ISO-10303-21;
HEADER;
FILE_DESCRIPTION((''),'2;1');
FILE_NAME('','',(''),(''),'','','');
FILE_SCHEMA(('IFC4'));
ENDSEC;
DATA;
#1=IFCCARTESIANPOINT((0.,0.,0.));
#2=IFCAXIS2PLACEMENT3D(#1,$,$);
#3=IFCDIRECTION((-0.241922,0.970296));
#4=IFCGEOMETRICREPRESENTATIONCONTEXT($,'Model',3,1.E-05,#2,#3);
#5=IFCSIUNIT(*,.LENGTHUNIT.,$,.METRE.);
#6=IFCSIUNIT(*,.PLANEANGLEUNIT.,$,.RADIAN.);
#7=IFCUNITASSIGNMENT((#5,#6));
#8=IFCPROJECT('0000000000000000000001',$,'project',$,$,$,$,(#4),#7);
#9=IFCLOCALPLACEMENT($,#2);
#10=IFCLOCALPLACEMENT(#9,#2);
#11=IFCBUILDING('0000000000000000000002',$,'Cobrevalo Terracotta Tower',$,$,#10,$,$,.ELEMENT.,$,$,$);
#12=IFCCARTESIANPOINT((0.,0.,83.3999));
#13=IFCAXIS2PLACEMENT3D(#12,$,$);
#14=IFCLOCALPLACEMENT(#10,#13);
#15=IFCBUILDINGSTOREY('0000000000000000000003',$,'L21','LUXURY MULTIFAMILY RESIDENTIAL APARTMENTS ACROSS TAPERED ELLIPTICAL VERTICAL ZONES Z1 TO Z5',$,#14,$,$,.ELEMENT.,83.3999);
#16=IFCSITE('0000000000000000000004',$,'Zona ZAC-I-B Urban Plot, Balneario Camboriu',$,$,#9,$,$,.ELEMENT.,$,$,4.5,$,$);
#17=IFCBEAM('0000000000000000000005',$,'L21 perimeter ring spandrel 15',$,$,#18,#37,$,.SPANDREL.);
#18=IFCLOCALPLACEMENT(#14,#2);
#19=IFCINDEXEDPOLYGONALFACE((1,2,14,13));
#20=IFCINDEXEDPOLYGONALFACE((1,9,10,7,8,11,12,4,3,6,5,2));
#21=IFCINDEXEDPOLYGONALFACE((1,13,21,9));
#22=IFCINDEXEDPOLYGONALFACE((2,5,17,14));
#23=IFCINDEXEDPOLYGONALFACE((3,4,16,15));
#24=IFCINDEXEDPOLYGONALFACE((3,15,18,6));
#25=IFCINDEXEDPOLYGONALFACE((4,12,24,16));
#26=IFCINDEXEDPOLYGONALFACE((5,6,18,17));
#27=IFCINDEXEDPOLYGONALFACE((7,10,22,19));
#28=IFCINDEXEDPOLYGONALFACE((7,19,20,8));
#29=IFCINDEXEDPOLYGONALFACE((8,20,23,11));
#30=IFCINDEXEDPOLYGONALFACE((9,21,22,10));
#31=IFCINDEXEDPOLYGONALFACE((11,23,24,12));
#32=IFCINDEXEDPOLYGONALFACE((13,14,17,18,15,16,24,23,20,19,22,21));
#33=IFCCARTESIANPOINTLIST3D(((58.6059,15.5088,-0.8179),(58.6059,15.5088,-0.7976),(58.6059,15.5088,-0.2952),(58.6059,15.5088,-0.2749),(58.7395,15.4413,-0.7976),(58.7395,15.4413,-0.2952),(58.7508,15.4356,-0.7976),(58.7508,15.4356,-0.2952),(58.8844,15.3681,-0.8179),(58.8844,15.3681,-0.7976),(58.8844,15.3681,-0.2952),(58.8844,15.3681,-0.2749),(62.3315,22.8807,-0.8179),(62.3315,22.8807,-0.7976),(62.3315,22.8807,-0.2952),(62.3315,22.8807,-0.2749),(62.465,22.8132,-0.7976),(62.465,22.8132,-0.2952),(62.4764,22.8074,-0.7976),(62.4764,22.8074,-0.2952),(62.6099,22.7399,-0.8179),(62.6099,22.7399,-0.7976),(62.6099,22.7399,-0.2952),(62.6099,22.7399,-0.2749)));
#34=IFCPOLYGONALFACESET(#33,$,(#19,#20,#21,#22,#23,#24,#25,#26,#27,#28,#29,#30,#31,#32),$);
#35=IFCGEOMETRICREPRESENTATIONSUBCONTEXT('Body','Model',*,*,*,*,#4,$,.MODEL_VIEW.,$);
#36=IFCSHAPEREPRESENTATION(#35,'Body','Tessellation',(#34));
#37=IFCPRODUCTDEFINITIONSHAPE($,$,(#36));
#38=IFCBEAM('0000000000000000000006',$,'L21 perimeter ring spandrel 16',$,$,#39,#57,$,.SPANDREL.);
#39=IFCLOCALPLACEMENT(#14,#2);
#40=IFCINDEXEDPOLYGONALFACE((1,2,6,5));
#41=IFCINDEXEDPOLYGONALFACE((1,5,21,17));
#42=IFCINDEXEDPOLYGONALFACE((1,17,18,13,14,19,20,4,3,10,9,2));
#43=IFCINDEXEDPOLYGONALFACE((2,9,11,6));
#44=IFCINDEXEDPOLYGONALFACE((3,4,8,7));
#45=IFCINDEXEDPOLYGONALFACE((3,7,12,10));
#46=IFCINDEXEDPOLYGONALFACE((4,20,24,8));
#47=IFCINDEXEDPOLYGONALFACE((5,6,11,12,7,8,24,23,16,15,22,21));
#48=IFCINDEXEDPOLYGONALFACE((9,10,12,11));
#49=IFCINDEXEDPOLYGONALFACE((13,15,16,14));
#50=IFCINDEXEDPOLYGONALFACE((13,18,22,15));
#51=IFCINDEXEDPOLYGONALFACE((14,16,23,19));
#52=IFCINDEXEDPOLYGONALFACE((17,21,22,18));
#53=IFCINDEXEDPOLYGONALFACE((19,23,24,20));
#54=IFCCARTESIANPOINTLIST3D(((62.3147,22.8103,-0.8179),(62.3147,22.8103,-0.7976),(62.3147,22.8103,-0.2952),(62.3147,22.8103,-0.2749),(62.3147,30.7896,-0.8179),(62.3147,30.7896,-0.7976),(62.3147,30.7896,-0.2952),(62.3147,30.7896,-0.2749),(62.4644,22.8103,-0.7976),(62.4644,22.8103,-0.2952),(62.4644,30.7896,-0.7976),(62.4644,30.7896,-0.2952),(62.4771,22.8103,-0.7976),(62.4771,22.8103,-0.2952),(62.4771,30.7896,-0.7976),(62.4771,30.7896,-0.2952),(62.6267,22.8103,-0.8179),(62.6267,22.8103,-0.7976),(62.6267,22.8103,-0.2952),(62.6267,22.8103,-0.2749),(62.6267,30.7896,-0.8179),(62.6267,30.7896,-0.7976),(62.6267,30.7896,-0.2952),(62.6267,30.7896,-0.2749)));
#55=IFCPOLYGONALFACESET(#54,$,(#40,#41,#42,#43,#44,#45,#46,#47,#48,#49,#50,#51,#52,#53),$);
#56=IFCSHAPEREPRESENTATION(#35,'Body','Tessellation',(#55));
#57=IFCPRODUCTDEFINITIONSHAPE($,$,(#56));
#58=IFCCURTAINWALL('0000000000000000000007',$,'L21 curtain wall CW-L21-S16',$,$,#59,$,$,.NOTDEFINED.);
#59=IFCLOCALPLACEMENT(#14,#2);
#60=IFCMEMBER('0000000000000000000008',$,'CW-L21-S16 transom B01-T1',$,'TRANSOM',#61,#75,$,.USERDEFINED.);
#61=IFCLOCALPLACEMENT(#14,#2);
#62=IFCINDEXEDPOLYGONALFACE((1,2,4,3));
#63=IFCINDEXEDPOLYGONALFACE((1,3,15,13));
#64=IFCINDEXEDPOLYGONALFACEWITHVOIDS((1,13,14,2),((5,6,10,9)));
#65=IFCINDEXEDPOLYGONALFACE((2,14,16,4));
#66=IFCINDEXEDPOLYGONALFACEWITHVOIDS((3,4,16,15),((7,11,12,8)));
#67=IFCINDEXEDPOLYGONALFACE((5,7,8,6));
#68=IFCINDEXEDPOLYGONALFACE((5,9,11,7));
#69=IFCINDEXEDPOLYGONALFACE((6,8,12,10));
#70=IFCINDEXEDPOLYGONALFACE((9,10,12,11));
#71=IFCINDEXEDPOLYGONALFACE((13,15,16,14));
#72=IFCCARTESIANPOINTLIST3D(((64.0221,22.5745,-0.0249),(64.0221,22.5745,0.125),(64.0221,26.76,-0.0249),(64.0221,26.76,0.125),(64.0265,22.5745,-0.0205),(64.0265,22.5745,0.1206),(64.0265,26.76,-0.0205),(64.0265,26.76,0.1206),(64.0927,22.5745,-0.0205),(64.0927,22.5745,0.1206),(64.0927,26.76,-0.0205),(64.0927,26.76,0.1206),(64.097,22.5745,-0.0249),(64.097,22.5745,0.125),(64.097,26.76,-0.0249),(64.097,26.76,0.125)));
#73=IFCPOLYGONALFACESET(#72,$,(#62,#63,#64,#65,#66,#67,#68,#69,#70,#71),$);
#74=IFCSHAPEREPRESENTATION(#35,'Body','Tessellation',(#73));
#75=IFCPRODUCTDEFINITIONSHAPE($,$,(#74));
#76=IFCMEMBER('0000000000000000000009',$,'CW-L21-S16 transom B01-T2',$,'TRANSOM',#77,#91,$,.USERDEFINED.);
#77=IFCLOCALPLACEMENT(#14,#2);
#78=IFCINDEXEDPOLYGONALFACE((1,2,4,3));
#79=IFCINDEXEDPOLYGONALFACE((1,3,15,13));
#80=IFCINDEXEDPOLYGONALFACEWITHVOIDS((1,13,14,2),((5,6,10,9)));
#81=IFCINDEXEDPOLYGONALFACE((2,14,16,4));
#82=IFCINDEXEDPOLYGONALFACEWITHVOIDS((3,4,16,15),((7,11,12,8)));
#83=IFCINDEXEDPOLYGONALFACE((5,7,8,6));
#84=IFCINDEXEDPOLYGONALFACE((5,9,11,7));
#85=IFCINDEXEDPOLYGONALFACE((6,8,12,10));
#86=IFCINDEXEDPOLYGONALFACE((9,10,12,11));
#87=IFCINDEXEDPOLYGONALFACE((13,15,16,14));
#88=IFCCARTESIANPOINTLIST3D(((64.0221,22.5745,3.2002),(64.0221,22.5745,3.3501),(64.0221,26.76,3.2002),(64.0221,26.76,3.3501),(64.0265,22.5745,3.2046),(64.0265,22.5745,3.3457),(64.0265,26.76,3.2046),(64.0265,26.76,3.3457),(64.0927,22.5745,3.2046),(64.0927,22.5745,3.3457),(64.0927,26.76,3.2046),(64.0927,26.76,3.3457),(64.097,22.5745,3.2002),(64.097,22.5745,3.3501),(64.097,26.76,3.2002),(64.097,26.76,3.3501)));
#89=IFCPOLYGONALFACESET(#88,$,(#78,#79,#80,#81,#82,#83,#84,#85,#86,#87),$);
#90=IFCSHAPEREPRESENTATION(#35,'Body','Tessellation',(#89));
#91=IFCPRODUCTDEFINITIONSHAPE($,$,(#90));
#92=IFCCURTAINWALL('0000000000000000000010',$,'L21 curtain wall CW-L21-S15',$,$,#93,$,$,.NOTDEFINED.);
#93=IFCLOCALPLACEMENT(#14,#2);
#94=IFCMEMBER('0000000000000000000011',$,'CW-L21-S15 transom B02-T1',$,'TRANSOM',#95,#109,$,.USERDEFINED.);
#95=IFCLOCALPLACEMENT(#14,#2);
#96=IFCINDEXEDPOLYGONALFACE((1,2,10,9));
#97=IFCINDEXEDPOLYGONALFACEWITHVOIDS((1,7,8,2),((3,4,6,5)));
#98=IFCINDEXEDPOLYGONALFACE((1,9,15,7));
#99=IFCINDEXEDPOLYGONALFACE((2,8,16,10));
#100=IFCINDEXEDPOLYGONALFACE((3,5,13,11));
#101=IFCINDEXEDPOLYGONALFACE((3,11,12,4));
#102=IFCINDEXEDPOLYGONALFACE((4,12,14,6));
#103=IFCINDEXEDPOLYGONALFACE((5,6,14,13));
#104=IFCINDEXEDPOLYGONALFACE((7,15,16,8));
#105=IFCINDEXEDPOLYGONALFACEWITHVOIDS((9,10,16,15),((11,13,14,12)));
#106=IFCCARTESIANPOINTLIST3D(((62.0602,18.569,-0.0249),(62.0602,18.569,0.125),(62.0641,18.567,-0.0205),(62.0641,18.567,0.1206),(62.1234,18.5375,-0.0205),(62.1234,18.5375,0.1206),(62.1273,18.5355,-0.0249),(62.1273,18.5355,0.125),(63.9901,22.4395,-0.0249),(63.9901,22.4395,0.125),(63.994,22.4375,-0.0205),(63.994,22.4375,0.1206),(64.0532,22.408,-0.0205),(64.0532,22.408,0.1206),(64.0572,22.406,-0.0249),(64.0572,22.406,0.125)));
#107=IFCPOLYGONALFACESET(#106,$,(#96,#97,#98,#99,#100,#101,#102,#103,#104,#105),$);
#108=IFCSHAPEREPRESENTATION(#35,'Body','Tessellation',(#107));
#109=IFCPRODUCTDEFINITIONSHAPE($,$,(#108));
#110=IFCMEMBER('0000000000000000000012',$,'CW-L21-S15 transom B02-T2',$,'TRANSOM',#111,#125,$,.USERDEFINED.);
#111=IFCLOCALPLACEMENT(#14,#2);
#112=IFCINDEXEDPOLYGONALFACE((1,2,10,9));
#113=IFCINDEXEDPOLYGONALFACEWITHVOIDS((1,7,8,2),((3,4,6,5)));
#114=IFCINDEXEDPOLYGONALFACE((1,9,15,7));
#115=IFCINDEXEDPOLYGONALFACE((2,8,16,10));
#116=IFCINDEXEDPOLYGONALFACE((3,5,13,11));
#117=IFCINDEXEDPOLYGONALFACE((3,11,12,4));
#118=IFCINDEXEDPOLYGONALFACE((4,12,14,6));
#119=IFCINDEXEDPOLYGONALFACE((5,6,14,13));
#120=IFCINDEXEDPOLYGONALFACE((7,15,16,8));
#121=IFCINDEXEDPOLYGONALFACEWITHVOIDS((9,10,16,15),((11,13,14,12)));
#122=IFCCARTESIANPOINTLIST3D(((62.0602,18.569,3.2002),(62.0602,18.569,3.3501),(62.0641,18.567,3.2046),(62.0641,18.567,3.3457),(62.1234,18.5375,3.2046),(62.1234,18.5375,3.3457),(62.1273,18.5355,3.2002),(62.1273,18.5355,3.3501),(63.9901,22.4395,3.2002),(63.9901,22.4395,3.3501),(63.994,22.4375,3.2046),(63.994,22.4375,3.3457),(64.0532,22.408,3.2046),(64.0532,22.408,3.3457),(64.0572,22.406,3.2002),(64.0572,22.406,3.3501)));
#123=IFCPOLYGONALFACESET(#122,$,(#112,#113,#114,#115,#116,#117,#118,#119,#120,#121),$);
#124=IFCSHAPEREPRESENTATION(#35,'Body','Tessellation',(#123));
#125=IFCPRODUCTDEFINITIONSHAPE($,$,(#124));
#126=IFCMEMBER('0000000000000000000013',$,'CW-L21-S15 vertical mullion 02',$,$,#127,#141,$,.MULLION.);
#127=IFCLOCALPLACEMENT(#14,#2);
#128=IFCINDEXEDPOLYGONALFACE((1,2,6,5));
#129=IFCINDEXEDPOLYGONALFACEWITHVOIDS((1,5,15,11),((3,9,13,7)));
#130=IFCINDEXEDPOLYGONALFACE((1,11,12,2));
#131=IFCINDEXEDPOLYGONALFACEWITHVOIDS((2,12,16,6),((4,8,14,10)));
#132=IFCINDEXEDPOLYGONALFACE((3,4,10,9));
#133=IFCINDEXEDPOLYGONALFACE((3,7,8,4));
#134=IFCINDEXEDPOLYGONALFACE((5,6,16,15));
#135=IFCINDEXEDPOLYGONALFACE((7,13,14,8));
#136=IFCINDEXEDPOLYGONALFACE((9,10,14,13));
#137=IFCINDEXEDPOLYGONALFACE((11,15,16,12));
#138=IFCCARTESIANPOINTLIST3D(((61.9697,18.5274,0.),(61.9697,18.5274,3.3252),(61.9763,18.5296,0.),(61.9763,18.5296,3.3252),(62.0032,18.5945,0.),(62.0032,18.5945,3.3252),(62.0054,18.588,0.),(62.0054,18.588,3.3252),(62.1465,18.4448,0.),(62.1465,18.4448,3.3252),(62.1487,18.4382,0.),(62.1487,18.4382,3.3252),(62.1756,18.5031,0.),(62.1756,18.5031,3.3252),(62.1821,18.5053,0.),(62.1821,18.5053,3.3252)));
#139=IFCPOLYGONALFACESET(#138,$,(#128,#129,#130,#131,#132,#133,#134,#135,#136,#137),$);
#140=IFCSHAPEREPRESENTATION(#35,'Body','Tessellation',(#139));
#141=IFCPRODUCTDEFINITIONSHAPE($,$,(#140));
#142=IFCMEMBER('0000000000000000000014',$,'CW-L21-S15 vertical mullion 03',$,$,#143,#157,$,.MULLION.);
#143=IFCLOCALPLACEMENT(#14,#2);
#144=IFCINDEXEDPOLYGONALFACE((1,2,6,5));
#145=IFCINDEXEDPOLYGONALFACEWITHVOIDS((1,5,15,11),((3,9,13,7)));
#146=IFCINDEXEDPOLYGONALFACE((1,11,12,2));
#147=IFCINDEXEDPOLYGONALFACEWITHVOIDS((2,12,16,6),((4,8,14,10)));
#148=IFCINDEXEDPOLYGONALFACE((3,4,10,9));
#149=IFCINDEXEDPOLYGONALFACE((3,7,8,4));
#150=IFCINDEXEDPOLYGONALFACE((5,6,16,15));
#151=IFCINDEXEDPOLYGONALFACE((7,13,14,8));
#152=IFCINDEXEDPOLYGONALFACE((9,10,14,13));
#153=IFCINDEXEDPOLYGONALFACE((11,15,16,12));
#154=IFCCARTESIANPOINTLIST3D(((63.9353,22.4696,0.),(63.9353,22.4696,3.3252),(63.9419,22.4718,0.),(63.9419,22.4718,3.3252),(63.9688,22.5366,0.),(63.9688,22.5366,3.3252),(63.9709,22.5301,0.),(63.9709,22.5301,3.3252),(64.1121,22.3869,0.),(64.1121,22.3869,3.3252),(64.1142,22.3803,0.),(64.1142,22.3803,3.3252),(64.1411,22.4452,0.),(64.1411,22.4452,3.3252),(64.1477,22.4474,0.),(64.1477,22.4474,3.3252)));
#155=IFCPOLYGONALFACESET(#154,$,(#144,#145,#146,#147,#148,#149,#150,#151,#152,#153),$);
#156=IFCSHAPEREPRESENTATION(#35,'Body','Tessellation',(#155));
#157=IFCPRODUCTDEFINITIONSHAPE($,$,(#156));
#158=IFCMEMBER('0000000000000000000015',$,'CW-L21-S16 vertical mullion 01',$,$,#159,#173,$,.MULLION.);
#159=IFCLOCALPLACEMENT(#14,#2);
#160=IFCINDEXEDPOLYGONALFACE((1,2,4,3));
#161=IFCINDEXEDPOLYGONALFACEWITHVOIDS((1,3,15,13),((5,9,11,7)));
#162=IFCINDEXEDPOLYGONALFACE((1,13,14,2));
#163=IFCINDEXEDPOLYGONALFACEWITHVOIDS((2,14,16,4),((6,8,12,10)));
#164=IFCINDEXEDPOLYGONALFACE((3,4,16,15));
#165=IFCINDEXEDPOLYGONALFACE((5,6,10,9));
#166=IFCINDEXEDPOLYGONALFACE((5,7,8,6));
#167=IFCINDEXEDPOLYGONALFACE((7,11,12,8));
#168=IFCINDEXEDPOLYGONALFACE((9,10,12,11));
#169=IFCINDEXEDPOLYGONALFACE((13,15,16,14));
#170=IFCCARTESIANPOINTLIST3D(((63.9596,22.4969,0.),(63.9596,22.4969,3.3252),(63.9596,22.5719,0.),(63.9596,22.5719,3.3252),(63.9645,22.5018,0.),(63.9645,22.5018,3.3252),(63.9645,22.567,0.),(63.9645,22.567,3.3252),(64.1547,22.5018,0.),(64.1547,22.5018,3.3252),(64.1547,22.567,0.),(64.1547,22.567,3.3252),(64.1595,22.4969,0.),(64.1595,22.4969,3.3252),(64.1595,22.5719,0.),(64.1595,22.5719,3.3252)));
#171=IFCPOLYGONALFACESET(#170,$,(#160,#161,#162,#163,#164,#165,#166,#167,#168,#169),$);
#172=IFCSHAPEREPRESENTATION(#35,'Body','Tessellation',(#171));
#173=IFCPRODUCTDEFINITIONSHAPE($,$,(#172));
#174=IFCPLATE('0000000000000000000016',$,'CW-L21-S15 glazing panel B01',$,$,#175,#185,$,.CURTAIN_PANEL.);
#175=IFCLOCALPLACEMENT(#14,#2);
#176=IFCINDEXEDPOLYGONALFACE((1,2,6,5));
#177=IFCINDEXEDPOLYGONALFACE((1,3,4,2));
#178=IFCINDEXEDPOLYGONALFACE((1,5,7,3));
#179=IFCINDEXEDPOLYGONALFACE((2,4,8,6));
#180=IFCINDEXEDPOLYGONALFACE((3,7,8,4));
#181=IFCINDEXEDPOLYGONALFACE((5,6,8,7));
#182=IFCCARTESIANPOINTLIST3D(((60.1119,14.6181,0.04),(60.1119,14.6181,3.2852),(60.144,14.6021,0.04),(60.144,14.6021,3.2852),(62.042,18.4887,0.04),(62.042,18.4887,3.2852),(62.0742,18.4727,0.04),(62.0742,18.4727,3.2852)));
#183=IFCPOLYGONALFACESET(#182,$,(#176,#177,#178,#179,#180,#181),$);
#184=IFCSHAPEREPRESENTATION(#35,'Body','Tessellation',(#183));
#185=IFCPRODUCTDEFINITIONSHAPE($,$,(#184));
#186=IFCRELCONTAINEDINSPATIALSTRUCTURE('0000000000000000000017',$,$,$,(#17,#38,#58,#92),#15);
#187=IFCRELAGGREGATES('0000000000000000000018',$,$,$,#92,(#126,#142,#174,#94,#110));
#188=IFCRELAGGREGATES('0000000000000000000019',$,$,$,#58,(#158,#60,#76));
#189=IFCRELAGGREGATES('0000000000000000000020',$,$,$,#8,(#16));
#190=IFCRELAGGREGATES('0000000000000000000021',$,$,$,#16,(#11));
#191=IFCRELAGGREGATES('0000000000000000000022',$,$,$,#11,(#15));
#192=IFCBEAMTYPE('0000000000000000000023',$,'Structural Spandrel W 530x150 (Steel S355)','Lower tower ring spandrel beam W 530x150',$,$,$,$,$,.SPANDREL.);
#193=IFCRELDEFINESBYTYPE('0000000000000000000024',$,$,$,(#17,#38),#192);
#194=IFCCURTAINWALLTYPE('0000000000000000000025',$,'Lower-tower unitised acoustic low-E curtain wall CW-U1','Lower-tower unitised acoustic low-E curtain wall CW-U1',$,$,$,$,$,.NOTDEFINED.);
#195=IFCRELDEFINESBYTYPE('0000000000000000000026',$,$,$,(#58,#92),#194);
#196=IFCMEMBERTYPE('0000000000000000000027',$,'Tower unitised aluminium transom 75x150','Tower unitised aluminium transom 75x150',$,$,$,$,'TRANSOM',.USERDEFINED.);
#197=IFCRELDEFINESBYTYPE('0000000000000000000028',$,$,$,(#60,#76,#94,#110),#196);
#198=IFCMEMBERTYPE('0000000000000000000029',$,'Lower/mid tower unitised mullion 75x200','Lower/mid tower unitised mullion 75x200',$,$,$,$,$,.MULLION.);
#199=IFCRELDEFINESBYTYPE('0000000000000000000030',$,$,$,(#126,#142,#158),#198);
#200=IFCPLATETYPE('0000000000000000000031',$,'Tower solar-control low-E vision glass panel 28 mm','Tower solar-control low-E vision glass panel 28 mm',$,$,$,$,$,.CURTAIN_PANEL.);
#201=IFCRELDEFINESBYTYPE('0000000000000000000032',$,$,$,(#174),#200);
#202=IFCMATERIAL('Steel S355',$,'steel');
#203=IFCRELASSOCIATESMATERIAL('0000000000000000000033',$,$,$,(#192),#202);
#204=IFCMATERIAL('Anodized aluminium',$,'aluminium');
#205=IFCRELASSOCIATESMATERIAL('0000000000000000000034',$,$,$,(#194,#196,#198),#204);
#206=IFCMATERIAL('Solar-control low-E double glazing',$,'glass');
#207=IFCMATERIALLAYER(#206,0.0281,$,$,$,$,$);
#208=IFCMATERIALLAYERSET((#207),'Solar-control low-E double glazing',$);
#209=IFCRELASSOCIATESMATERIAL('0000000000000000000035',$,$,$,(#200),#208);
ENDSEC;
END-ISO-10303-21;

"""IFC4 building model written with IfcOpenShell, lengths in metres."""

from ifc_helpers import new_model, si_unit, direction, frame, origin, origin_2d, place, context, subcontext, project, spatial, rectangle, hollow_rectangle, i_section, extrude, source, transform, mapped, material, layer, layer_set, material_profile, profile_set, type_object, element, aggregate, save


model = new_model("IFC4")

# Units and contexts
model_context = context("Model", 3, precision=1e-05, world=origin(), true_north=direction((-0.241922, 0.970296)))
body_context = subcontext(model_context, "Body", "Model", "MODEL_VIEW")
ifc_project = project(units=[si_unit("LENGTHUNIT", "METRE"), si_unit("PLANEANGLEUNIT", "RADIAN")], contexts=[model_context])

# Site, building, storey
site_placement = place(None, origin())
site = spatial("IfcSite", under=ifc_project, at=site_placement, Name="Zona ZAC-I-B Urban Plot, Balneario Camboriu", CompositionType="ELEMENT", RefElevation=4.5)
building_placement = place(site_placement, origin())
building = spatial("IfcBuilding", under=site, at=building_placement, Name="Cobrevalo Terracotta Tower", CompositionType="ELEMENT")
storey_placement = place(building_placement, frame((0.0, 0.0, 83.3999)))
storey = spatial("IfcBuildingStorey", under=building, at=storey_placement, Name="L21", Description="LUXURY MULTIFAMILY RESIDENTIAL APARTMENTS ACROSS TAPERED ELLIPTICAL VERTICAL ZONES Z1 TO Z5", CompositionType="ELEMENT", Elevation=83.3999)

# Shared definitions
ifc_material_1 = material(Name="Steel S355", Category="steel")

# Beams
ifc_material_profile_1 = material_profile(ifc_material_1, i_section(OverallWidth=0.312, OverallDepth=0.543, WebThickness=0.0127, FlangeThickness=0.0203, at=origin_2d()), Name="W 530x150")
ifc_profile_set_1 = profile_set([ifc_material_profile_1], Name="Steel S355")
beam_type_1 = type_object("IfcBeamType", Name="Structural Spandrel W 530x150 (Steel S355)", Description="Lower tower ring spandrel beam W 530x150", PredefinedType="SPANDREL", material=ifc_profile_set_1)
beam_1_placement = place(storey_placement, frame((58.7451, 15.4385, -0.5464), z_axis=(0.451052, 0.892498, 0.0), x_axis=(-0.892498, 0.451052, 0.0)))
element("IfcBeam", 1, at=beam_1_placement, inside=storey, type_object=beam_type_1, Name="L21 perimeter ring spandrel 15", PredefinedType="SPANDREL", context=body_context, shape_type="SweptSolid", body=[
    extrude(i_section(OverallWidth=0.312, OverallDepth=0.543, WebThickness=0.0127, FlangeThickness=0.0203, at=origin_2d()), origin(), (0.0, 0.0, 1.0), 8.2598),
])
beam_2_placement = place(storey_placement, frame((62.4707, 22.8103, -0.5464), z_axis=(0.0, 1.0, 0.0), x_axis=(-1.0, 0.0, 0.0)))
element("IfcBeam", 2, at=beam_2_placement, inside=storey, type_object=beam_type_1, Name="L21 perimeter ring spandrel 16", PredefinedType="SPANDREL", context=body_context, shape_type="SweptSolid", body=[
    extrude(i_section(OverallWidth=0.312, OverallDepth=0.543, WebThickness=0.0127, FlangeThickness=0.0203, at=origin_2d()), origin(), (0.0, 0.0, 1.0), 7.9792),
])

# Curtain walls, members
ifc_material_2 = material(Name="Anodized aluminium", Category="aluminium")
curtain_wall_type = type_object("IfcCurtainWallType", Name="Lower-tower unitised acoustic low-E curtain wall CW-U1", Description="Lower-tower unitised acoustic low-E curtain wall CW-U1", PredefinedType="NOTDEFINED", material=ifc_material_2)
curtain_wall_1_placement = place(storey_placement, origin())
curtain_wall_1 = element("IfcCurtainWall", 3, at=curtain_wall_1_placement, inside=storey, type_object=curtain_wall_type, Name="L21 curtain wall CW-L21-S16", PredefinedType="NOTDEFINED")
ifc_material_profile_2 = material_profile(ifc_material_2, hollow_rectangle(XDim=0.075, YDim=0.1499, WallThickness=0.0044, at=origin_2d()), Name="CWT 75x150")
ifc_profile_set_2 = profile_set([ifc_material_profile_2], Name="Anodized aluminium")
member_type_1 = type_object("IfcMemberType", Name="Tower unitised aluminium transom 75x150", Description="Tower unitised aluminium transom 75x150", ElementType="TRANSOM", PredefinedType="USERDEFINED", material=ifc_profile_set_2)
shared_shape_1 = source(origin(), body_context, "Body", "SweptSolid", [
    extrude(hollow_rectangle(XDim=0.075, YDim=0.1499, WallThickness=0.0044, at=origin_2d()), origin(), (0.0, 0.0, 1.0), 4.1855),
])
member_1_placement = place(storey_placement, frame((64.0596, 22.5745, 0.05), z_axis=(0.0, 1.0, 0.0), x_axis=(-1.0, 0.0, 0.0)))
member_1 = element("IfcMember", 4, at=member_1_placement, type_object=member_type_1, Name="CW-L21-S16 transom B01-T1", ObjectType="TRANSOM", PredefinedType="USERDEFINED", context=body_context, shape_type="MappedRepresentation", body=[
    mapped(shared_shape_1, transform((0.0, 0.0, 0.0), scale=1.0)),
])
member_2_placement = place(storey_placement, frame((64.0596, 22.5745, 3.2751), z_axis=(0.0, 1.0, 0.0), x_axis=(-1.0, 0.0, 0.0)))
member_2 = element("IfcMember", 5, at=member_2_placement, type_object=member_type_1, Name="CW-L21-S16 transom B01-T2", ObjectType="TRANSOM", PredefinedType="USERDEFINED", context=body_context, shape_type="MappedRepresentation", body=[
    mapped(shared_shape_1, transform((0.0, 0.0, 0.0), scale=1.0)),
])
curtain_wall_2_placement = place(storey_placement, origin())
curtain_wall_2 = element("IfcCurtainWall", 6, at=curtain_wall_2_placement, inside=storey, type_object=curtain_wall_type, Name="L21 curtain wall CW-L21-S15", PredefinedType="NOTDEFINED")
shared_shape_2 = source(origin(), body_context, "Body", "SweptSolid", [
    extrude(hollow_rectangle(XDim=0.075, YDim=0.1499, WallThickness=0.0044, at=origin_2d()), origin(), (0.0, 0.0, 1.0), 4.325),
])
member_3_placement = place(storey_placement, frame((62.0938, 18.5522, 0.05), z_axis=(0.44622, 0.894923, 0.0), x_axis=(-0.894923, 0.44622, 0.0)))
member_3 = element("IfcMember", 7, at=member_3_placement, type_object=member_type_1, Name="CW-L21-S15 transom B02-T1", ObjectType="TRANSOM", PredefinedType="USERDEFINED", context=body_context, shape_type="MappedRepresentation", body=[
    mapped(shared_shape_2, transform((0.0, 0.0, 0.0), scale=1.0)),
])
member_4_placement = place(storey_placement, frame((62.0938, 18.5522, 3.2751), z_axis=(0.44622, 0.894923, 0.0), x_axis=(-0.894923, 0.44622, 0.0)))
member_4 = element("IfcMember", 8, at=member_4_placement, type_object=member_type_1, Name="CW-L21-S15 transom B02-T2", ObjectType="TRANSOM", PredefinedType="USERDEFINED", context=body_context, shape_type="MappedRepresentation", body=[
    mapped(shared_shape_2, transform((0.0, 0.0, 0.0), scale=1.0)),
])
ifc_material_profile_3 = material_profile(ifc_material_2, hollow_rectangle(XDim=0.075, YDim=0.2, WallThickness=0.0049, at=origin_2d()), Name="CWM 75x200")
ifc_profile_set_3 = profile_set([ifc_material_profile_3], Name="Anodized aluminium")
member_type_2 = type_object("IfcMemberType", Name="Lower/mid tower unitised mullion 75x200", Description="Lower/mid tower unitised mullion 75x200", PredefinedType="MULLION", material=ifc_profile_set_3)
shared_shape_3 = source(origin(), body_context, "Body", "SweptSolid", [
    extrude(hollow_rectangle(XDim=0.075, YDim=0.2, WallThickness=0.0049, at=origin_2d()), origin(), (0.0, 0.0, 1.0), 3.3252),
])
member_5_placement = place(storey_placement, frame((62.0759, 18.5164, 0.0), z_axis=(0.0, 0.0, 1.0), x_axis=(0.44626, 0.894903, 0.0)))
member_5 = element("IfcMember", 9, at=member_5_placement, type_object=member_type_2, Name="CW-L21-S15 vertical mullion 02", PredefinedType="MULLION", context=body_context, shape_type="MappedRepresentation", body=[
    mapped(shared_shape_3, transform((0.0, 0.0, 0.0), scale=1.0)),
])
member_6_placement = place(storey_placement, frame((64.0415, 22.4585, 0.0), z_axis=(0.0, 0.0, 1.0), x_axis=(0.44626, 0.894903, 0.0)))
member_6 = element("IfcMember", 10, at=member_6_placement, type_object=member_type_2, Name="CW-L21-S15 vertical mullion 03", PredefinedType="MULLION", context=body_context, shape_type="MappedRepresentation", body=[
    mapped(shared_shape_3, transform((0.0, 0.0, 0.0), scale=1.0)),
])

# Member
member_7_placement = place(storey_placement, frame((64.0596, 22.5344, 0.0), z_axis=(0.0, 0.0, 1.0), x_axis=(0.0, 1.0, 0.0)))
member_7 = element("IfcMember", 11, at=member_7_placement, type_object=member_type_2, Name="CW-L21-S16 vertical mullion 01", PredefinedType="MULLION", context=body_context, shape_type="MappedRepresentation", body=[
    mapped(shared_shape_3, transform((0.0, 0.0, 0.0), scale=1.0)),
])

# Plate
ifc_material_3 = material(Name="Solar-control low-E double glazing", Category="glass")
ifc_layer_1 = layer(ifc_material_3, 0.0281)
ifc_layer_set_1 = layer_set([ifc_layer_1], Name="Solar-control low-E double glazing")
plate_type = type_object("IfcPlateType", Name="Tower solar-control low-E vision glass panel 28 mm", Description="Tower solar-control low-E vision glass panel 28 mm", PredefinedType="CURTAIN_PANEL", material=ifc_layer_set_1)
shared_shape_4 = source(origin(), body_context, "Body", "SweptSolid", [
    extrude(rectangle(XDim=4.3252, YDim=0.0359, at=origin_2d()), origin(), (0.0, 0.0, 1.0), 3.2451),
])
plate_1_placement = place(storey_placement, frame((61.093, 16.5454, 0.04), z_axis=(0.0, 0.0, 1.0), x_axis=(0.446262, 0.894902, 0.0)))
plate_1 = element("IfcPlate", 12, at=plate_1_placement, type_object=plate_type, Name="CW-L21-S15 glazing panel B01", PredefinedType="CURTAIN_PANEL", context=body_context, shape_type="MappedRepresentation", body=[
    mapped(shared_shape_4, transform((0.0, 0.0, 0.0), scale=1.0)),
])
aggregate(curtain_wall_2, [member_5, member_6, plate_1, member_3, member_4])
aggregate(curtain_wall_1, [member_7, member_1, member_2])

save(model, "model.ifc")
